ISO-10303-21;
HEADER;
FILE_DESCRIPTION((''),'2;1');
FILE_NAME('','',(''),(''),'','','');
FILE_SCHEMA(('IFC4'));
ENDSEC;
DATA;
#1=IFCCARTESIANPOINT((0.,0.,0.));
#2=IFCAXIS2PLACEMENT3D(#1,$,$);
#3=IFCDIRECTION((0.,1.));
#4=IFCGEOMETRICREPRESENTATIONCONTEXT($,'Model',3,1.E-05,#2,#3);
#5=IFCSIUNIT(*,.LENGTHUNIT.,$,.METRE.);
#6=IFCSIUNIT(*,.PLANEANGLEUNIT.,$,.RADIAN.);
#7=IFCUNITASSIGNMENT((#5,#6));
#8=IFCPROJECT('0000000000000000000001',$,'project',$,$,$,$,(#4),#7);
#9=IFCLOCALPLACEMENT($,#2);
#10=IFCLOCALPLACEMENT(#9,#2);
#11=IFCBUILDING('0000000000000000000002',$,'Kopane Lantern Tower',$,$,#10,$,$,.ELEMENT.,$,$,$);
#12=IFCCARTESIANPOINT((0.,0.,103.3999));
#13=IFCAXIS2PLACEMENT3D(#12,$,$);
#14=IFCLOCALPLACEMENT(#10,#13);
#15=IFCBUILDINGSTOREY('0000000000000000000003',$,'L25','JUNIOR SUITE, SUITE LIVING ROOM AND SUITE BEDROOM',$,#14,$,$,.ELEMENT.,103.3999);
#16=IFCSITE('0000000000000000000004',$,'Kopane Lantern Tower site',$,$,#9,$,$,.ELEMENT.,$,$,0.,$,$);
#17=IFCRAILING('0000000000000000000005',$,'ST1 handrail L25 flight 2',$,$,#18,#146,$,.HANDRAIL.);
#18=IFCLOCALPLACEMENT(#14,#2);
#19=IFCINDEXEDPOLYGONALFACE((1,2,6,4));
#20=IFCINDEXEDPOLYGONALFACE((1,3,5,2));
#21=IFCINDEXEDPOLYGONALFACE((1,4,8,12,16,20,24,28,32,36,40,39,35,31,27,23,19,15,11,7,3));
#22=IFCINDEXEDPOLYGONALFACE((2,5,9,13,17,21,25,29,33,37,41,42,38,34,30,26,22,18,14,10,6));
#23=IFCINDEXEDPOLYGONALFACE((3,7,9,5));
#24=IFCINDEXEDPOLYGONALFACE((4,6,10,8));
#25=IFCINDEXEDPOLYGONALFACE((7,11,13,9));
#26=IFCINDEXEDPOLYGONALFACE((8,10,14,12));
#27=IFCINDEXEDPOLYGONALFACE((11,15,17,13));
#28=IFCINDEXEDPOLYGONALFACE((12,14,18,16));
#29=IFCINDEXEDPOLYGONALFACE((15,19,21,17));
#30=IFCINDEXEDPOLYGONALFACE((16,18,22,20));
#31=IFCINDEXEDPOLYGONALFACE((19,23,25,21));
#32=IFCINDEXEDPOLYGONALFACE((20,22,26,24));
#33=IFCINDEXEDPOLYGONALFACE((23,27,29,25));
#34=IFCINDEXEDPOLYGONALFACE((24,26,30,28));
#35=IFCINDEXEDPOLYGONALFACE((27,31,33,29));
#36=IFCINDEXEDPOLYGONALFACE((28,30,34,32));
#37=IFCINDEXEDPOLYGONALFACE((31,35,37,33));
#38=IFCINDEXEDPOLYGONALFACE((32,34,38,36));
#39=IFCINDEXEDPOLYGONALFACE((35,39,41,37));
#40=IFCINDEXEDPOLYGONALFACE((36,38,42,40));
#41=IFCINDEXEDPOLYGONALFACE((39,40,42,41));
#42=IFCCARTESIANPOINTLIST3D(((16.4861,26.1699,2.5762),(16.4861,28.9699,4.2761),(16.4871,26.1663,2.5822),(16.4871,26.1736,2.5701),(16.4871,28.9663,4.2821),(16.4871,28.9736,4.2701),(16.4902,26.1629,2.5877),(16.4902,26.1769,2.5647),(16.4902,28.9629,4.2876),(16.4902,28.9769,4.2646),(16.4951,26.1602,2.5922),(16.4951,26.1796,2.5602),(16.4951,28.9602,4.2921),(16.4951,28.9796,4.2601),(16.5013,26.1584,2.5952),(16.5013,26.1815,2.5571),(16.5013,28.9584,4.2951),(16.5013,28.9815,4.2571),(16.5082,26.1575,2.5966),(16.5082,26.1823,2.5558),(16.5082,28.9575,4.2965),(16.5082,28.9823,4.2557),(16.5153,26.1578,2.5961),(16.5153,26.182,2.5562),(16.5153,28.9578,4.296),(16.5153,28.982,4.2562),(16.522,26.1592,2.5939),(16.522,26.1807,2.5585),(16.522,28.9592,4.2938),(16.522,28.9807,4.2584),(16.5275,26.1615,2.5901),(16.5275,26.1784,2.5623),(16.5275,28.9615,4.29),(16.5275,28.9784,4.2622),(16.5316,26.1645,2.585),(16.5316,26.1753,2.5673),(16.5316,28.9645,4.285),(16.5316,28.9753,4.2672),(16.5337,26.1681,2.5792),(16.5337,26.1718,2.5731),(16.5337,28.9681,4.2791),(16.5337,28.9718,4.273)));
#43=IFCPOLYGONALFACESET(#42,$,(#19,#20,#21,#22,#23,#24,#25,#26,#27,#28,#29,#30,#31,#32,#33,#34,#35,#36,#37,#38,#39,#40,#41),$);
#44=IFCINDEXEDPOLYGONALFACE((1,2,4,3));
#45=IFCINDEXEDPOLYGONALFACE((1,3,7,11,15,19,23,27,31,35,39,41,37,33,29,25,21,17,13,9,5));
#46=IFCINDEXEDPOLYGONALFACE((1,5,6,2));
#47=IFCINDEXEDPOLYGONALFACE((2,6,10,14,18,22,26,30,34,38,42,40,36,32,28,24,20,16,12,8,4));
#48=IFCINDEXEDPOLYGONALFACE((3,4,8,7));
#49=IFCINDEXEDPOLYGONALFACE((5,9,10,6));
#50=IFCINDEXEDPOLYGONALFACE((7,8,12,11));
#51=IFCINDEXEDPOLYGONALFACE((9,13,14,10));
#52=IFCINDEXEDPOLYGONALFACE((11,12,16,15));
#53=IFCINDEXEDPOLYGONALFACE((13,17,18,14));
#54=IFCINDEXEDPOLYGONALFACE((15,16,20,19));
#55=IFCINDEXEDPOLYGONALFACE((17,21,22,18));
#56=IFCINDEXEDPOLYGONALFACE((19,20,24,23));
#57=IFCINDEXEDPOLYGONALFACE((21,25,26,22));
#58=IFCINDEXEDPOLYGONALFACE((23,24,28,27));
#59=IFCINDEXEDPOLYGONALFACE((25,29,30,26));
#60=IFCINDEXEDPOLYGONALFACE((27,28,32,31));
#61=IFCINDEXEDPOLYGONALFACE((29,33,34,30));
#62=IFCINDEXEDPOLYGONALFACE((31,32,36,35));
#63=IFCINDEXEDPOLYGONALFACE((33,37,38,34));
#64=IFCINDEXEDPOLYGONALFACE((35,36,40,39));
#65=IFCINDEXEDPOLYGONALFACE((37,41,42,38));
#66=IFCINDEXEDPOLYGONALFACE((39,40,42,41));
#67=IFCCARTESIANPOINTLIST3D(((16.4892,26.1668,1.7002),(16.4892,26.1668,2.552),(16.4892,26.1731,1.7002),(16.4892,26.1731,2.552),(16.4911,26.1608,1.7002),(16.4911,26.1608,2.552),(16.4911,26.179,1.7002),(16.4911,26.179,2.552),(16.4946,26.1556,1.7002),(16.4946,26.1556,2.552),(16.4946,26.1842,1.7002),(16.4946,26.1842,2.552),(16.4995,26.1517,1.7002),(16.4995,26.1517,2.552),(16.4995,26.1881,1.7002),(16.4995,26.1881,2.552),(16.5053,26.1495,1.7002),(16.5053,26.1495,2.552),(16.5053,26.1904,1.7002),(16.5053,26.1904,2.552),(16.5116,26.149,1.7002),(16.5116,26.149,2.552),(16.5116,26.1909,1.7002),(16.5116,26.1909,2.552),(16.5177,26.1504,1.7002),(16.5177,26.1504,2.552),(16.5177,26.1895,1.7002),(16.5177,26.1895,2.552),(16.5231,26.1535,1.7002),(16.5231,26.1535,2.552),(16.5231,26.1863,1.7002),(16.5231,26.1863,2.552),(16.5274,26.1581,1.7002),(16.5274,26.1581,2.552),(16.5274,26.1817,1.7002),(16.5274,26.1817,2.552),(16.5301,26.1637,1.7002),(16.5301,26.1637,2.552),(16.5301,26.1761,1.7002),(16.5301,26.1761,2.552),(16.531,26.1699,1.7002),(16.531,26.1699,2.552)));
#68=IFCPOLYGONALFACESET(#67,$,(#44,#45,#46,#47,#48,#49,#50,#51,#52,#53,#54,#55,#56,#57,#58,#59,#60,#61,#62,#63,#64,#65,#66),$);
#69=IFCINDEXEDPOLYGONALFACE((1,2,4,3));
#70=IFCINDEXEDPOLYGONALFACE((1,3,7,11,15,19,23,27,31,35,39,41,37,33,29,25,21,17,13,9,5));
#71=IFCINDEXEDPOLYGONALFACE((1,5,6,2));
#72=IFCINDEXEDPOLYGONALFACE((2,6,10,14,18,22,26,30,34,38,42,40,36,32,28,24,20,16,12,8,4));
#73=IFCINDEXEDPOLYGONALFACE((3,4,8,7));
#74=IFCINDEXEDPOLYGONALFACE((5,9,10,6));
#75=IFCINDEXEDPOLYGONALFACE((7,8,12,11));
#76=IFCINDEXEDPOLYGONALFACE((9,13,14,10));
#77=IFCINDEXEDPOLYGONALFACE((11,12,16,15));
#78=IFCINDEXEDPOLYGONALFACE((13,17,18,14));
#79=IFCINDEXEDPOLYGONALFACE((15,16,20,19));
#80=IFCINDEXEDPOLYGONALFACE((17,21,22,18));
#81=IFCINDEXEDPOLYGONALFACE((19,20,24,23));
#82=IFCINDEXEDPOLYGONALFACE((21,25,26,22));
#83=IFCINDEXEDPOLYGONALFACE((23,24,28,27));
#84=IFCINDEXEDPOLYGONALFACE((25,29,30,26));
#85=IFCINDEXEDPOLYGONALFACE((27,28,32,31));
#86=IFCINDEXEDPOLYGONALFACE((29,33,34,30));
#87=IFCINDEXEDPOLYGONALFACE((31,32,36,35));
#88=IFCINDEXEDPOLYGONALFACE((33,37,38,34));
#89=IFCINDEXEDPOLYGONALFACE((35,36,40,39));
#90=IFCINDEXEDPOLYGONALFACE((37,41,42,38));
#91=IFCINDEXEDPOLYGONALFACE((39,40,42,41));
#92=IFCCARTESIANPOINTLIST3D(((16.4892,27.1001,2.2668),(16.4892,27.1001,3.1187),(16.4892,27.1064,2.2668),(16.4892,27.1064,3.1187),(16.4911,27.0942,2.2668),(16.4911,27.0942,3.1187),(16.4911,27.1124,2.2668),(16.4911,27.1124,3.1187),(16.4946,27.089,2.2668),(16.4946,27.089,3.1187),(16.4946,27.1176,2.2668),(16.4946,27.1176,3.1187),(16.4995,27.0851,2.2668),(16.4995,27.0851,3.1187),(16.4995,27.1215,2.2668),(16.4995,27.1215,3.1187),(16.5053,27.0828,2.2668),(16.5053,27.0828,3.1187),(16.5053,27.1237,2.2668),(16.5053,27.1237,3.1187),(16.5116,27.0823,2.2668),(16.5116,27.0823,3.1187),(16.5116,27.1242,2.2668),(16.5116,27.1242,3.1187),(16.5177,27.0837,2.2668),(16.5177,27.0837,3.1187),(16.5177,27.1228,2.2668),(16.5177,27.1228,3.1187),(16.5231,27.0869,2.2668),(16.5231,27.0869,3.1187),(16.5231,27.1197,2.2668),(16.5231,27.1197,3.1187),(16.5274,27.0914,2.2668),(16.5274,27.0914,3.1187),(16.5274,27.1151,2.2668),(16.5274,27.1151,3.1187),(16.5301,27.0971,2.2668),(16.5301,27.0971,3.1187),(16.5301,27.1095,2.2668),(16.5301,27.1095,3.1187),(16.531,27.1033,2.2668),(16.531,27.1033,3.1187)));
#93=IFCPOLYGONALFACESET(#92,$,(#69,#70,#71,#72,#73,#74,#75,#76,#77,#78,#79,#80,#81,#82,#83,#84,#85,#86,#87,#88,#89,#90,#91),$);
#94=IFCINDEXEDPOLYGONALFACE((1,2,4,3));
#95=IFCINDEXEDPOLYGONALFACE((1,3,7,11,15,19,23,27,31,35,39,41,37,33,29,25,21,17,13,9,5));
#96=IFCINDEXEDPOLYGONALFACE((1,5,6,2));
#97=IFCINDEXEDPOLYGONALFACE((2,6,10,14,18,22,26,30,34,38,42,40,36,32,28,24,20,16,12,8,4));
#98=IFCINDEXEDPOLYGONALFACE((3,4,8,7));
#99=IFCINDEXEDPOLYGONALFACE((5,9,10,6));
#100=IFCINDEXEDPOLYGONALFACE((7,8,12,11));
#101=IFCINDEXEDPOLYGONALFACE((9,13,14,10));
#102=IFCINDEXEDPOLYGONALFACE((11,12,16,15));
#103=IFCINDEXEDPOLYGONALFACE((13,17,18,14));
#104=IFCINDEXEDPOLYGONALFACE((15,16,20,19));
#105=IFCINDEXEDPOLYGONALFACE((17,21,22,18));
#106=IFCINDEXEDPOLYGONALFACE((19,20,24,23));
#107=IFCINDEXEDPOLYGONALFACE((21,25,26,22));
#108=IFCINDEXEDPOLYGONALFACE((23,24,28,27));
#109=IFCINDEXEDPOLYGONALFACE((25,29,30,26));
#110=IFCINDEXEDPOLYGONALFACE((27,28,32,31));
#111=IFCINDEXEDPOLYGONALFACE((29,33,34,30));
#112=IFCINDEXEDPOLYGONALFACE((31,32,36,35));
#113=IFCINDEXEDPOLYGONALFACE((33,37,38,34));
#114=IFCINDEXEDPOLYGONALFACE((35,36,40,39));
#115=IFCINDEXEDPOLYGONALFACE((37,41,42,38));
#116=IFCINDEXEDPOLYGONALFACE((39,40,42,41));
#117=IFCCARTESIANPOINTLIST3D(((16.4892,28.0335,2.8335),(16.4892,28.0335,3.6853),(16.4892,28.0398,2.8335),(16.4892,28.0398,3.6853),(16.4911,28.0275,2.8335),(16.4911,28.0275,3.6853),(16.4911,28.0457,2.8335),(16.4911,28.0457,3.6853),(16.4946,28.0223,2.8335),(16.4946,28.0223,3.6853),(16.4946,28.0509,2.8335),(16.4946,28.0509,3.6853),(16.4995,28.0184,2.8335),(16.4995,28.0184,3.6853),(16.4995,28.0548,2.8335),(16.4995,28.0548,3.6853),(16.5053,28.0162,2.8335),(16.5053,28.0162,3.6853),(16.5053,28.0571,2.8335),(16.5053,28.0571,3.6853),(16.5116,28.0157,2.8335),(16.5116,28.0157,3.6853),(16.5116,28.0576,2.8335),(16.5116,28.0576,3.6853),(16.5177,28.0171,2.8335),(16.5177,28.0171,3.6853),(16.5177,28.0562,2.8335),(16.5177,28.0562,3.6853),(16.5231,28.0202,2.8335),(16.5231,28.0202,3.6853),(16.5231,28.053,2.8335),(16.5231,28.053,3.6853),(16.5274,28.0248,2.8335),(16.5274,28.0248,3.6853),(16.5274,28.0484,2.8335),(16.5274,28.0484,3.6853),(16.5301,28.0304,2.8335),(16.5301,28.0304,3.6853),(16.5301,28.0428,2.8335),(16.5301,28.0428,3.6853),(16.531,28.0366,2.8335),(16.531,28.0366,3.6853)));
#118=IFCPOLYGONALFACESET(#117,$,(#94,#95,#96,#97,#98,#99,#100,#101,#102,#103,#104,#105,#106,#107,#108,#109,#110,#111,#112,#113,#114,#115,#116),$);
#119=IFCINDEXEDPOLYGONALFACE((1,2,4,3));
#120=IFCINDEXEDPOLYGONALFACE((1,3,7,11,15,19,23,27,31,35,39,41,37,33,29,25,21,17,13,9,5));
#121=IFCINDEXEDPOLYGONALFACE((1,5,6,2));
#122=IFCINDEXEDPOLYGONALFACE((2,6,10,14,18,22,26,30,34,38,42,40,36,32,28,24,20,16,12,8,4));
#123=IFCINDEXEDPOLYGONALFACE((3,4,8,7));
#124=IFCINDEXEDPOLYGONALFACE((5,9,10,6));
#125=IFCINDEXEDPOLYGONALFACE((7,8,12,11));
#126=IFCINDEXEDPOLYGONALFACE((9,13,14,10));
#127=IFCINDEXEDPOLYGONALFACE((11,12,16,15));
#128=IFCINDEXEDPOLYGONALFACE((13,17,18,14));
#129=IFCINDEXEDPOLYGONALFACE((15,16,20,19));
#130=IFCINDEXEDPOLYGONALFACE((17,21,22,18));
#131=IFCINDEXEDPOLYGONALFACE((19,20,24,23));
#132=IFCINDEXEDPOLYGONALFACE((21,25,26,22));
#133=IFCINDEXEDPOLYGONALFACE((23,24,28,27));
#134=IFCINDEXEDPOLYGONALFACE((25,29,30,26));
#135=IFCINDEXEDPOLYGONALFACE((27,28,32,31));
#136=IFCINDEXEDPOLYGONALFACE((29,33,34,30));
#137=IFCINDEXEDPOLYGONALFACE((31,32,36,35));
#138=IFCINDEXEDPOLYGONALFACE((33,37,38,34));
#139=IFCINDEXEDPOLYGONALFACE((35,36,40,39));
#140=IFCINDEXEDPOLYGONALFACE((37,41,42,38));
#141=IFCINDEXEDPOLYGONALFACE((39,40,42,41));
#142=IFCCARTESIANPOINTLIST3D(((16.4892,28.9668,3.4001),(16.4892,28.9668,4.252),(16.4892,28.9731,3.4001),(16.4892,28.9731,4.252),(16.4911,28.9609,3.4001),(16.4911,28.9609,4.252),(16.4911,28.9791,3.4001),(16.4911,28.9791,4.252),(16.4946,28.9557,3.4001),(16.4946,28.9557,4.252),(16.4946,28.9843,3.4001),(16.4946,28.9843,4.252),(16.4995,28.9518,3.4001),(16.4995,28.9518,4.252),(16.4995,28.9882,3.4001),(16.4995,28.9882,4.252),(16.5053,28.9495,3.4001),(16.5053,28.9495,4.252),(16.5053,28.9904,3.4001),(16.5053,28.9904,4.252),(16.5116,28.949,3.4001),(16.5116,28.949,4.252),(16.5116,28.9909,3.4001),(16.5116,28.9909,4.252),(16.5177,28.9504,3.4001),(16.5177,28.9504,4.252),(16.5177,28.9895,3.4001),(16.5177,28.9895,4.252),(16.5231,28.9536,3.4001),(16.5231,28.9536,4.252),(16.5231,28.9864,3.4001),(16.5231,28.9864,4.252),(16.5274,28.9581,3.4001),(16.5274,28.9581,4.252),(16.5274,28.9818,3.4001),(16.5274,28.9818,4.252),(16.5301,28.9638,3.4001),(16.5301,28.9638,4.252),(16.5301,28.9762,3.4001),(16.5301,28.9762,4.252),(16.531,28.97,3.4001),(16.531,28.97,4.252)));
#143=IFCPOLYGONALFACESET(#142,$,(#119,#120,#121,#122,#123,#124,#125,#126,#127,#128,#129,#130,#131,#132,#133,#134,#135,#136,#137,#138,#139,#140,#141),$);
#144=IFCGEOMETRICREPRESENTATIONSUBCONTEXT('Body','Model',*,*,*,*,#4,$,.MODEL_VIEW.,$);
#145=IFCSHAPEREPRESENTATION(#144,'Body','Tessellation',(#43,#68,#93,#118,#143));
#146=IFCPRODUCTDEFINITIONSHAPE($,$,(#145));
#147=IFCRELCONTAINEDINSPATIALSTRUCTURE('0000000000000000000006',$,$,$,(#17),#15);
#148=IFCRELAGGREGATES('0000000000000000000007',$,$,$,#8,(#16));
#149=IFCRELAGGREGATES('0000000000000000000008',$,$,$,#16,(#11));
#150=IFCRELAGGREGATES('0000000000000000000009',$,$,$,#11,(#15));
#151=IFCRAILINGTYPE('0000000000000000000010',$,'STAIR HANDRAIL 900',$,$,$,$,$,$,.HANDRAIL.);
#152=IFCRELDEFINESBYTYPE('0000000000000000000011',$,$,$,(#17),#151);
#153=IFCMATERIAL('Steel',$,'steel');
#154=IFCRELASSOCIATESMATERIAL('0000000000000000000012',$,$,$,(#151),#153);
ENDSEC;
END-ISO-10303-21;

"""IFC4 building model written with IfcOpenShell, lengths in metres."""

from ifc_helpers import new_model, si_unit, direction, frame, origin, origin_2d, place, context, subcontext, project, spatial, circle, extrude, material, type_object, element, save


model = new_model("IFC4")

# Units and contexts
model_context = context("Model", 3, precision=1e-05, world=origin(), true_north=direction((0.0, 1.0)))
body_context = subcontext(model_context, "Body", "Model", "MODEL_VIEW")
ifc_project = project(units=[si_unit("LENGTHUNIT", "METRE"), si_unit("PLANEANGLEUNIT", "RADIAN")], contexts=[model_context])

# Site, building, storey
site_placement = place(None, origin())
site = spatial("IfcSite", under=ifc_project, at=site_placement, Name="Kopane Lantern Tower site", CompositionType="ELEMENT", RefElevation=0.0)
building_placement = place(site_placement, origin())
building = spatial("IfcBuilding", under=site, at=building_placement, Name="Kopane Lantern Tower", CompositionType="ELEMENT")
storey_placement = place(building_placement, frame((0.0, 0.0, 103.3999)))
storey = spatial("IfcBuildingStorey", under=building, at=storey_placement, Name="L25", Description="JUNIOR SUITE, SUITE LIVING ROOM AND SUITE BEDROOM", CompositionType="ELEMENT", Elevation=103.3999)

# Railing
ifc_material_1 = material(Name="Steel", Category="steel")
railing_type = type_object("IfcRailingType", Name="STAIR HANDRAIL 900", PredefinedType="HANDRAIL", material=ifc_material_1)
for number, where, name in (
    (1, (16.51, 26.1699, 1.7002), "ST1 handrail L25 flight 2"),
):
    element("IfcRailing", number, at=place(storey_placement, frame(where)), inside=storey, type_object=railing_type, Name=name, PredefinedType="HANDRAIL", context=body_context, shape_type="SweptSolid", body=[
        extrude(circle(Radius=0.0239, at=origin_2d()), frame((0.0, 0.0, 0.876), z_axis=(0.0, 0.854798, 0.518961), x_axis=(-1.0, 0.0, 0.0)), (0.0, 0.0, 1.0), 3.2756),
        extrude(circle(Radius=0.021, at=origin_2d()), origin(), (0.0, 0.0, 1.0), 0.8518),
        extrude(circle(Radius=0.021, at=origin_2d()), frame((0.0, 0.9333, 0.5667)), (0.0, 0.0, 1.0), 0.8518),
        extrude(circle(Radius=0.021, at=origin_2d()), frame((0.0, 1.8667, 1.1333)), (0.0, 0.0, 1.0), 0.8518),
        extrude(circle(Radius=0.021, at=origin_2d()), frame((0.0, 2.8, 1.7)), (0.0, 0.0, 1.0), 0.8518),
    ])

save(model, "model.ifc")
